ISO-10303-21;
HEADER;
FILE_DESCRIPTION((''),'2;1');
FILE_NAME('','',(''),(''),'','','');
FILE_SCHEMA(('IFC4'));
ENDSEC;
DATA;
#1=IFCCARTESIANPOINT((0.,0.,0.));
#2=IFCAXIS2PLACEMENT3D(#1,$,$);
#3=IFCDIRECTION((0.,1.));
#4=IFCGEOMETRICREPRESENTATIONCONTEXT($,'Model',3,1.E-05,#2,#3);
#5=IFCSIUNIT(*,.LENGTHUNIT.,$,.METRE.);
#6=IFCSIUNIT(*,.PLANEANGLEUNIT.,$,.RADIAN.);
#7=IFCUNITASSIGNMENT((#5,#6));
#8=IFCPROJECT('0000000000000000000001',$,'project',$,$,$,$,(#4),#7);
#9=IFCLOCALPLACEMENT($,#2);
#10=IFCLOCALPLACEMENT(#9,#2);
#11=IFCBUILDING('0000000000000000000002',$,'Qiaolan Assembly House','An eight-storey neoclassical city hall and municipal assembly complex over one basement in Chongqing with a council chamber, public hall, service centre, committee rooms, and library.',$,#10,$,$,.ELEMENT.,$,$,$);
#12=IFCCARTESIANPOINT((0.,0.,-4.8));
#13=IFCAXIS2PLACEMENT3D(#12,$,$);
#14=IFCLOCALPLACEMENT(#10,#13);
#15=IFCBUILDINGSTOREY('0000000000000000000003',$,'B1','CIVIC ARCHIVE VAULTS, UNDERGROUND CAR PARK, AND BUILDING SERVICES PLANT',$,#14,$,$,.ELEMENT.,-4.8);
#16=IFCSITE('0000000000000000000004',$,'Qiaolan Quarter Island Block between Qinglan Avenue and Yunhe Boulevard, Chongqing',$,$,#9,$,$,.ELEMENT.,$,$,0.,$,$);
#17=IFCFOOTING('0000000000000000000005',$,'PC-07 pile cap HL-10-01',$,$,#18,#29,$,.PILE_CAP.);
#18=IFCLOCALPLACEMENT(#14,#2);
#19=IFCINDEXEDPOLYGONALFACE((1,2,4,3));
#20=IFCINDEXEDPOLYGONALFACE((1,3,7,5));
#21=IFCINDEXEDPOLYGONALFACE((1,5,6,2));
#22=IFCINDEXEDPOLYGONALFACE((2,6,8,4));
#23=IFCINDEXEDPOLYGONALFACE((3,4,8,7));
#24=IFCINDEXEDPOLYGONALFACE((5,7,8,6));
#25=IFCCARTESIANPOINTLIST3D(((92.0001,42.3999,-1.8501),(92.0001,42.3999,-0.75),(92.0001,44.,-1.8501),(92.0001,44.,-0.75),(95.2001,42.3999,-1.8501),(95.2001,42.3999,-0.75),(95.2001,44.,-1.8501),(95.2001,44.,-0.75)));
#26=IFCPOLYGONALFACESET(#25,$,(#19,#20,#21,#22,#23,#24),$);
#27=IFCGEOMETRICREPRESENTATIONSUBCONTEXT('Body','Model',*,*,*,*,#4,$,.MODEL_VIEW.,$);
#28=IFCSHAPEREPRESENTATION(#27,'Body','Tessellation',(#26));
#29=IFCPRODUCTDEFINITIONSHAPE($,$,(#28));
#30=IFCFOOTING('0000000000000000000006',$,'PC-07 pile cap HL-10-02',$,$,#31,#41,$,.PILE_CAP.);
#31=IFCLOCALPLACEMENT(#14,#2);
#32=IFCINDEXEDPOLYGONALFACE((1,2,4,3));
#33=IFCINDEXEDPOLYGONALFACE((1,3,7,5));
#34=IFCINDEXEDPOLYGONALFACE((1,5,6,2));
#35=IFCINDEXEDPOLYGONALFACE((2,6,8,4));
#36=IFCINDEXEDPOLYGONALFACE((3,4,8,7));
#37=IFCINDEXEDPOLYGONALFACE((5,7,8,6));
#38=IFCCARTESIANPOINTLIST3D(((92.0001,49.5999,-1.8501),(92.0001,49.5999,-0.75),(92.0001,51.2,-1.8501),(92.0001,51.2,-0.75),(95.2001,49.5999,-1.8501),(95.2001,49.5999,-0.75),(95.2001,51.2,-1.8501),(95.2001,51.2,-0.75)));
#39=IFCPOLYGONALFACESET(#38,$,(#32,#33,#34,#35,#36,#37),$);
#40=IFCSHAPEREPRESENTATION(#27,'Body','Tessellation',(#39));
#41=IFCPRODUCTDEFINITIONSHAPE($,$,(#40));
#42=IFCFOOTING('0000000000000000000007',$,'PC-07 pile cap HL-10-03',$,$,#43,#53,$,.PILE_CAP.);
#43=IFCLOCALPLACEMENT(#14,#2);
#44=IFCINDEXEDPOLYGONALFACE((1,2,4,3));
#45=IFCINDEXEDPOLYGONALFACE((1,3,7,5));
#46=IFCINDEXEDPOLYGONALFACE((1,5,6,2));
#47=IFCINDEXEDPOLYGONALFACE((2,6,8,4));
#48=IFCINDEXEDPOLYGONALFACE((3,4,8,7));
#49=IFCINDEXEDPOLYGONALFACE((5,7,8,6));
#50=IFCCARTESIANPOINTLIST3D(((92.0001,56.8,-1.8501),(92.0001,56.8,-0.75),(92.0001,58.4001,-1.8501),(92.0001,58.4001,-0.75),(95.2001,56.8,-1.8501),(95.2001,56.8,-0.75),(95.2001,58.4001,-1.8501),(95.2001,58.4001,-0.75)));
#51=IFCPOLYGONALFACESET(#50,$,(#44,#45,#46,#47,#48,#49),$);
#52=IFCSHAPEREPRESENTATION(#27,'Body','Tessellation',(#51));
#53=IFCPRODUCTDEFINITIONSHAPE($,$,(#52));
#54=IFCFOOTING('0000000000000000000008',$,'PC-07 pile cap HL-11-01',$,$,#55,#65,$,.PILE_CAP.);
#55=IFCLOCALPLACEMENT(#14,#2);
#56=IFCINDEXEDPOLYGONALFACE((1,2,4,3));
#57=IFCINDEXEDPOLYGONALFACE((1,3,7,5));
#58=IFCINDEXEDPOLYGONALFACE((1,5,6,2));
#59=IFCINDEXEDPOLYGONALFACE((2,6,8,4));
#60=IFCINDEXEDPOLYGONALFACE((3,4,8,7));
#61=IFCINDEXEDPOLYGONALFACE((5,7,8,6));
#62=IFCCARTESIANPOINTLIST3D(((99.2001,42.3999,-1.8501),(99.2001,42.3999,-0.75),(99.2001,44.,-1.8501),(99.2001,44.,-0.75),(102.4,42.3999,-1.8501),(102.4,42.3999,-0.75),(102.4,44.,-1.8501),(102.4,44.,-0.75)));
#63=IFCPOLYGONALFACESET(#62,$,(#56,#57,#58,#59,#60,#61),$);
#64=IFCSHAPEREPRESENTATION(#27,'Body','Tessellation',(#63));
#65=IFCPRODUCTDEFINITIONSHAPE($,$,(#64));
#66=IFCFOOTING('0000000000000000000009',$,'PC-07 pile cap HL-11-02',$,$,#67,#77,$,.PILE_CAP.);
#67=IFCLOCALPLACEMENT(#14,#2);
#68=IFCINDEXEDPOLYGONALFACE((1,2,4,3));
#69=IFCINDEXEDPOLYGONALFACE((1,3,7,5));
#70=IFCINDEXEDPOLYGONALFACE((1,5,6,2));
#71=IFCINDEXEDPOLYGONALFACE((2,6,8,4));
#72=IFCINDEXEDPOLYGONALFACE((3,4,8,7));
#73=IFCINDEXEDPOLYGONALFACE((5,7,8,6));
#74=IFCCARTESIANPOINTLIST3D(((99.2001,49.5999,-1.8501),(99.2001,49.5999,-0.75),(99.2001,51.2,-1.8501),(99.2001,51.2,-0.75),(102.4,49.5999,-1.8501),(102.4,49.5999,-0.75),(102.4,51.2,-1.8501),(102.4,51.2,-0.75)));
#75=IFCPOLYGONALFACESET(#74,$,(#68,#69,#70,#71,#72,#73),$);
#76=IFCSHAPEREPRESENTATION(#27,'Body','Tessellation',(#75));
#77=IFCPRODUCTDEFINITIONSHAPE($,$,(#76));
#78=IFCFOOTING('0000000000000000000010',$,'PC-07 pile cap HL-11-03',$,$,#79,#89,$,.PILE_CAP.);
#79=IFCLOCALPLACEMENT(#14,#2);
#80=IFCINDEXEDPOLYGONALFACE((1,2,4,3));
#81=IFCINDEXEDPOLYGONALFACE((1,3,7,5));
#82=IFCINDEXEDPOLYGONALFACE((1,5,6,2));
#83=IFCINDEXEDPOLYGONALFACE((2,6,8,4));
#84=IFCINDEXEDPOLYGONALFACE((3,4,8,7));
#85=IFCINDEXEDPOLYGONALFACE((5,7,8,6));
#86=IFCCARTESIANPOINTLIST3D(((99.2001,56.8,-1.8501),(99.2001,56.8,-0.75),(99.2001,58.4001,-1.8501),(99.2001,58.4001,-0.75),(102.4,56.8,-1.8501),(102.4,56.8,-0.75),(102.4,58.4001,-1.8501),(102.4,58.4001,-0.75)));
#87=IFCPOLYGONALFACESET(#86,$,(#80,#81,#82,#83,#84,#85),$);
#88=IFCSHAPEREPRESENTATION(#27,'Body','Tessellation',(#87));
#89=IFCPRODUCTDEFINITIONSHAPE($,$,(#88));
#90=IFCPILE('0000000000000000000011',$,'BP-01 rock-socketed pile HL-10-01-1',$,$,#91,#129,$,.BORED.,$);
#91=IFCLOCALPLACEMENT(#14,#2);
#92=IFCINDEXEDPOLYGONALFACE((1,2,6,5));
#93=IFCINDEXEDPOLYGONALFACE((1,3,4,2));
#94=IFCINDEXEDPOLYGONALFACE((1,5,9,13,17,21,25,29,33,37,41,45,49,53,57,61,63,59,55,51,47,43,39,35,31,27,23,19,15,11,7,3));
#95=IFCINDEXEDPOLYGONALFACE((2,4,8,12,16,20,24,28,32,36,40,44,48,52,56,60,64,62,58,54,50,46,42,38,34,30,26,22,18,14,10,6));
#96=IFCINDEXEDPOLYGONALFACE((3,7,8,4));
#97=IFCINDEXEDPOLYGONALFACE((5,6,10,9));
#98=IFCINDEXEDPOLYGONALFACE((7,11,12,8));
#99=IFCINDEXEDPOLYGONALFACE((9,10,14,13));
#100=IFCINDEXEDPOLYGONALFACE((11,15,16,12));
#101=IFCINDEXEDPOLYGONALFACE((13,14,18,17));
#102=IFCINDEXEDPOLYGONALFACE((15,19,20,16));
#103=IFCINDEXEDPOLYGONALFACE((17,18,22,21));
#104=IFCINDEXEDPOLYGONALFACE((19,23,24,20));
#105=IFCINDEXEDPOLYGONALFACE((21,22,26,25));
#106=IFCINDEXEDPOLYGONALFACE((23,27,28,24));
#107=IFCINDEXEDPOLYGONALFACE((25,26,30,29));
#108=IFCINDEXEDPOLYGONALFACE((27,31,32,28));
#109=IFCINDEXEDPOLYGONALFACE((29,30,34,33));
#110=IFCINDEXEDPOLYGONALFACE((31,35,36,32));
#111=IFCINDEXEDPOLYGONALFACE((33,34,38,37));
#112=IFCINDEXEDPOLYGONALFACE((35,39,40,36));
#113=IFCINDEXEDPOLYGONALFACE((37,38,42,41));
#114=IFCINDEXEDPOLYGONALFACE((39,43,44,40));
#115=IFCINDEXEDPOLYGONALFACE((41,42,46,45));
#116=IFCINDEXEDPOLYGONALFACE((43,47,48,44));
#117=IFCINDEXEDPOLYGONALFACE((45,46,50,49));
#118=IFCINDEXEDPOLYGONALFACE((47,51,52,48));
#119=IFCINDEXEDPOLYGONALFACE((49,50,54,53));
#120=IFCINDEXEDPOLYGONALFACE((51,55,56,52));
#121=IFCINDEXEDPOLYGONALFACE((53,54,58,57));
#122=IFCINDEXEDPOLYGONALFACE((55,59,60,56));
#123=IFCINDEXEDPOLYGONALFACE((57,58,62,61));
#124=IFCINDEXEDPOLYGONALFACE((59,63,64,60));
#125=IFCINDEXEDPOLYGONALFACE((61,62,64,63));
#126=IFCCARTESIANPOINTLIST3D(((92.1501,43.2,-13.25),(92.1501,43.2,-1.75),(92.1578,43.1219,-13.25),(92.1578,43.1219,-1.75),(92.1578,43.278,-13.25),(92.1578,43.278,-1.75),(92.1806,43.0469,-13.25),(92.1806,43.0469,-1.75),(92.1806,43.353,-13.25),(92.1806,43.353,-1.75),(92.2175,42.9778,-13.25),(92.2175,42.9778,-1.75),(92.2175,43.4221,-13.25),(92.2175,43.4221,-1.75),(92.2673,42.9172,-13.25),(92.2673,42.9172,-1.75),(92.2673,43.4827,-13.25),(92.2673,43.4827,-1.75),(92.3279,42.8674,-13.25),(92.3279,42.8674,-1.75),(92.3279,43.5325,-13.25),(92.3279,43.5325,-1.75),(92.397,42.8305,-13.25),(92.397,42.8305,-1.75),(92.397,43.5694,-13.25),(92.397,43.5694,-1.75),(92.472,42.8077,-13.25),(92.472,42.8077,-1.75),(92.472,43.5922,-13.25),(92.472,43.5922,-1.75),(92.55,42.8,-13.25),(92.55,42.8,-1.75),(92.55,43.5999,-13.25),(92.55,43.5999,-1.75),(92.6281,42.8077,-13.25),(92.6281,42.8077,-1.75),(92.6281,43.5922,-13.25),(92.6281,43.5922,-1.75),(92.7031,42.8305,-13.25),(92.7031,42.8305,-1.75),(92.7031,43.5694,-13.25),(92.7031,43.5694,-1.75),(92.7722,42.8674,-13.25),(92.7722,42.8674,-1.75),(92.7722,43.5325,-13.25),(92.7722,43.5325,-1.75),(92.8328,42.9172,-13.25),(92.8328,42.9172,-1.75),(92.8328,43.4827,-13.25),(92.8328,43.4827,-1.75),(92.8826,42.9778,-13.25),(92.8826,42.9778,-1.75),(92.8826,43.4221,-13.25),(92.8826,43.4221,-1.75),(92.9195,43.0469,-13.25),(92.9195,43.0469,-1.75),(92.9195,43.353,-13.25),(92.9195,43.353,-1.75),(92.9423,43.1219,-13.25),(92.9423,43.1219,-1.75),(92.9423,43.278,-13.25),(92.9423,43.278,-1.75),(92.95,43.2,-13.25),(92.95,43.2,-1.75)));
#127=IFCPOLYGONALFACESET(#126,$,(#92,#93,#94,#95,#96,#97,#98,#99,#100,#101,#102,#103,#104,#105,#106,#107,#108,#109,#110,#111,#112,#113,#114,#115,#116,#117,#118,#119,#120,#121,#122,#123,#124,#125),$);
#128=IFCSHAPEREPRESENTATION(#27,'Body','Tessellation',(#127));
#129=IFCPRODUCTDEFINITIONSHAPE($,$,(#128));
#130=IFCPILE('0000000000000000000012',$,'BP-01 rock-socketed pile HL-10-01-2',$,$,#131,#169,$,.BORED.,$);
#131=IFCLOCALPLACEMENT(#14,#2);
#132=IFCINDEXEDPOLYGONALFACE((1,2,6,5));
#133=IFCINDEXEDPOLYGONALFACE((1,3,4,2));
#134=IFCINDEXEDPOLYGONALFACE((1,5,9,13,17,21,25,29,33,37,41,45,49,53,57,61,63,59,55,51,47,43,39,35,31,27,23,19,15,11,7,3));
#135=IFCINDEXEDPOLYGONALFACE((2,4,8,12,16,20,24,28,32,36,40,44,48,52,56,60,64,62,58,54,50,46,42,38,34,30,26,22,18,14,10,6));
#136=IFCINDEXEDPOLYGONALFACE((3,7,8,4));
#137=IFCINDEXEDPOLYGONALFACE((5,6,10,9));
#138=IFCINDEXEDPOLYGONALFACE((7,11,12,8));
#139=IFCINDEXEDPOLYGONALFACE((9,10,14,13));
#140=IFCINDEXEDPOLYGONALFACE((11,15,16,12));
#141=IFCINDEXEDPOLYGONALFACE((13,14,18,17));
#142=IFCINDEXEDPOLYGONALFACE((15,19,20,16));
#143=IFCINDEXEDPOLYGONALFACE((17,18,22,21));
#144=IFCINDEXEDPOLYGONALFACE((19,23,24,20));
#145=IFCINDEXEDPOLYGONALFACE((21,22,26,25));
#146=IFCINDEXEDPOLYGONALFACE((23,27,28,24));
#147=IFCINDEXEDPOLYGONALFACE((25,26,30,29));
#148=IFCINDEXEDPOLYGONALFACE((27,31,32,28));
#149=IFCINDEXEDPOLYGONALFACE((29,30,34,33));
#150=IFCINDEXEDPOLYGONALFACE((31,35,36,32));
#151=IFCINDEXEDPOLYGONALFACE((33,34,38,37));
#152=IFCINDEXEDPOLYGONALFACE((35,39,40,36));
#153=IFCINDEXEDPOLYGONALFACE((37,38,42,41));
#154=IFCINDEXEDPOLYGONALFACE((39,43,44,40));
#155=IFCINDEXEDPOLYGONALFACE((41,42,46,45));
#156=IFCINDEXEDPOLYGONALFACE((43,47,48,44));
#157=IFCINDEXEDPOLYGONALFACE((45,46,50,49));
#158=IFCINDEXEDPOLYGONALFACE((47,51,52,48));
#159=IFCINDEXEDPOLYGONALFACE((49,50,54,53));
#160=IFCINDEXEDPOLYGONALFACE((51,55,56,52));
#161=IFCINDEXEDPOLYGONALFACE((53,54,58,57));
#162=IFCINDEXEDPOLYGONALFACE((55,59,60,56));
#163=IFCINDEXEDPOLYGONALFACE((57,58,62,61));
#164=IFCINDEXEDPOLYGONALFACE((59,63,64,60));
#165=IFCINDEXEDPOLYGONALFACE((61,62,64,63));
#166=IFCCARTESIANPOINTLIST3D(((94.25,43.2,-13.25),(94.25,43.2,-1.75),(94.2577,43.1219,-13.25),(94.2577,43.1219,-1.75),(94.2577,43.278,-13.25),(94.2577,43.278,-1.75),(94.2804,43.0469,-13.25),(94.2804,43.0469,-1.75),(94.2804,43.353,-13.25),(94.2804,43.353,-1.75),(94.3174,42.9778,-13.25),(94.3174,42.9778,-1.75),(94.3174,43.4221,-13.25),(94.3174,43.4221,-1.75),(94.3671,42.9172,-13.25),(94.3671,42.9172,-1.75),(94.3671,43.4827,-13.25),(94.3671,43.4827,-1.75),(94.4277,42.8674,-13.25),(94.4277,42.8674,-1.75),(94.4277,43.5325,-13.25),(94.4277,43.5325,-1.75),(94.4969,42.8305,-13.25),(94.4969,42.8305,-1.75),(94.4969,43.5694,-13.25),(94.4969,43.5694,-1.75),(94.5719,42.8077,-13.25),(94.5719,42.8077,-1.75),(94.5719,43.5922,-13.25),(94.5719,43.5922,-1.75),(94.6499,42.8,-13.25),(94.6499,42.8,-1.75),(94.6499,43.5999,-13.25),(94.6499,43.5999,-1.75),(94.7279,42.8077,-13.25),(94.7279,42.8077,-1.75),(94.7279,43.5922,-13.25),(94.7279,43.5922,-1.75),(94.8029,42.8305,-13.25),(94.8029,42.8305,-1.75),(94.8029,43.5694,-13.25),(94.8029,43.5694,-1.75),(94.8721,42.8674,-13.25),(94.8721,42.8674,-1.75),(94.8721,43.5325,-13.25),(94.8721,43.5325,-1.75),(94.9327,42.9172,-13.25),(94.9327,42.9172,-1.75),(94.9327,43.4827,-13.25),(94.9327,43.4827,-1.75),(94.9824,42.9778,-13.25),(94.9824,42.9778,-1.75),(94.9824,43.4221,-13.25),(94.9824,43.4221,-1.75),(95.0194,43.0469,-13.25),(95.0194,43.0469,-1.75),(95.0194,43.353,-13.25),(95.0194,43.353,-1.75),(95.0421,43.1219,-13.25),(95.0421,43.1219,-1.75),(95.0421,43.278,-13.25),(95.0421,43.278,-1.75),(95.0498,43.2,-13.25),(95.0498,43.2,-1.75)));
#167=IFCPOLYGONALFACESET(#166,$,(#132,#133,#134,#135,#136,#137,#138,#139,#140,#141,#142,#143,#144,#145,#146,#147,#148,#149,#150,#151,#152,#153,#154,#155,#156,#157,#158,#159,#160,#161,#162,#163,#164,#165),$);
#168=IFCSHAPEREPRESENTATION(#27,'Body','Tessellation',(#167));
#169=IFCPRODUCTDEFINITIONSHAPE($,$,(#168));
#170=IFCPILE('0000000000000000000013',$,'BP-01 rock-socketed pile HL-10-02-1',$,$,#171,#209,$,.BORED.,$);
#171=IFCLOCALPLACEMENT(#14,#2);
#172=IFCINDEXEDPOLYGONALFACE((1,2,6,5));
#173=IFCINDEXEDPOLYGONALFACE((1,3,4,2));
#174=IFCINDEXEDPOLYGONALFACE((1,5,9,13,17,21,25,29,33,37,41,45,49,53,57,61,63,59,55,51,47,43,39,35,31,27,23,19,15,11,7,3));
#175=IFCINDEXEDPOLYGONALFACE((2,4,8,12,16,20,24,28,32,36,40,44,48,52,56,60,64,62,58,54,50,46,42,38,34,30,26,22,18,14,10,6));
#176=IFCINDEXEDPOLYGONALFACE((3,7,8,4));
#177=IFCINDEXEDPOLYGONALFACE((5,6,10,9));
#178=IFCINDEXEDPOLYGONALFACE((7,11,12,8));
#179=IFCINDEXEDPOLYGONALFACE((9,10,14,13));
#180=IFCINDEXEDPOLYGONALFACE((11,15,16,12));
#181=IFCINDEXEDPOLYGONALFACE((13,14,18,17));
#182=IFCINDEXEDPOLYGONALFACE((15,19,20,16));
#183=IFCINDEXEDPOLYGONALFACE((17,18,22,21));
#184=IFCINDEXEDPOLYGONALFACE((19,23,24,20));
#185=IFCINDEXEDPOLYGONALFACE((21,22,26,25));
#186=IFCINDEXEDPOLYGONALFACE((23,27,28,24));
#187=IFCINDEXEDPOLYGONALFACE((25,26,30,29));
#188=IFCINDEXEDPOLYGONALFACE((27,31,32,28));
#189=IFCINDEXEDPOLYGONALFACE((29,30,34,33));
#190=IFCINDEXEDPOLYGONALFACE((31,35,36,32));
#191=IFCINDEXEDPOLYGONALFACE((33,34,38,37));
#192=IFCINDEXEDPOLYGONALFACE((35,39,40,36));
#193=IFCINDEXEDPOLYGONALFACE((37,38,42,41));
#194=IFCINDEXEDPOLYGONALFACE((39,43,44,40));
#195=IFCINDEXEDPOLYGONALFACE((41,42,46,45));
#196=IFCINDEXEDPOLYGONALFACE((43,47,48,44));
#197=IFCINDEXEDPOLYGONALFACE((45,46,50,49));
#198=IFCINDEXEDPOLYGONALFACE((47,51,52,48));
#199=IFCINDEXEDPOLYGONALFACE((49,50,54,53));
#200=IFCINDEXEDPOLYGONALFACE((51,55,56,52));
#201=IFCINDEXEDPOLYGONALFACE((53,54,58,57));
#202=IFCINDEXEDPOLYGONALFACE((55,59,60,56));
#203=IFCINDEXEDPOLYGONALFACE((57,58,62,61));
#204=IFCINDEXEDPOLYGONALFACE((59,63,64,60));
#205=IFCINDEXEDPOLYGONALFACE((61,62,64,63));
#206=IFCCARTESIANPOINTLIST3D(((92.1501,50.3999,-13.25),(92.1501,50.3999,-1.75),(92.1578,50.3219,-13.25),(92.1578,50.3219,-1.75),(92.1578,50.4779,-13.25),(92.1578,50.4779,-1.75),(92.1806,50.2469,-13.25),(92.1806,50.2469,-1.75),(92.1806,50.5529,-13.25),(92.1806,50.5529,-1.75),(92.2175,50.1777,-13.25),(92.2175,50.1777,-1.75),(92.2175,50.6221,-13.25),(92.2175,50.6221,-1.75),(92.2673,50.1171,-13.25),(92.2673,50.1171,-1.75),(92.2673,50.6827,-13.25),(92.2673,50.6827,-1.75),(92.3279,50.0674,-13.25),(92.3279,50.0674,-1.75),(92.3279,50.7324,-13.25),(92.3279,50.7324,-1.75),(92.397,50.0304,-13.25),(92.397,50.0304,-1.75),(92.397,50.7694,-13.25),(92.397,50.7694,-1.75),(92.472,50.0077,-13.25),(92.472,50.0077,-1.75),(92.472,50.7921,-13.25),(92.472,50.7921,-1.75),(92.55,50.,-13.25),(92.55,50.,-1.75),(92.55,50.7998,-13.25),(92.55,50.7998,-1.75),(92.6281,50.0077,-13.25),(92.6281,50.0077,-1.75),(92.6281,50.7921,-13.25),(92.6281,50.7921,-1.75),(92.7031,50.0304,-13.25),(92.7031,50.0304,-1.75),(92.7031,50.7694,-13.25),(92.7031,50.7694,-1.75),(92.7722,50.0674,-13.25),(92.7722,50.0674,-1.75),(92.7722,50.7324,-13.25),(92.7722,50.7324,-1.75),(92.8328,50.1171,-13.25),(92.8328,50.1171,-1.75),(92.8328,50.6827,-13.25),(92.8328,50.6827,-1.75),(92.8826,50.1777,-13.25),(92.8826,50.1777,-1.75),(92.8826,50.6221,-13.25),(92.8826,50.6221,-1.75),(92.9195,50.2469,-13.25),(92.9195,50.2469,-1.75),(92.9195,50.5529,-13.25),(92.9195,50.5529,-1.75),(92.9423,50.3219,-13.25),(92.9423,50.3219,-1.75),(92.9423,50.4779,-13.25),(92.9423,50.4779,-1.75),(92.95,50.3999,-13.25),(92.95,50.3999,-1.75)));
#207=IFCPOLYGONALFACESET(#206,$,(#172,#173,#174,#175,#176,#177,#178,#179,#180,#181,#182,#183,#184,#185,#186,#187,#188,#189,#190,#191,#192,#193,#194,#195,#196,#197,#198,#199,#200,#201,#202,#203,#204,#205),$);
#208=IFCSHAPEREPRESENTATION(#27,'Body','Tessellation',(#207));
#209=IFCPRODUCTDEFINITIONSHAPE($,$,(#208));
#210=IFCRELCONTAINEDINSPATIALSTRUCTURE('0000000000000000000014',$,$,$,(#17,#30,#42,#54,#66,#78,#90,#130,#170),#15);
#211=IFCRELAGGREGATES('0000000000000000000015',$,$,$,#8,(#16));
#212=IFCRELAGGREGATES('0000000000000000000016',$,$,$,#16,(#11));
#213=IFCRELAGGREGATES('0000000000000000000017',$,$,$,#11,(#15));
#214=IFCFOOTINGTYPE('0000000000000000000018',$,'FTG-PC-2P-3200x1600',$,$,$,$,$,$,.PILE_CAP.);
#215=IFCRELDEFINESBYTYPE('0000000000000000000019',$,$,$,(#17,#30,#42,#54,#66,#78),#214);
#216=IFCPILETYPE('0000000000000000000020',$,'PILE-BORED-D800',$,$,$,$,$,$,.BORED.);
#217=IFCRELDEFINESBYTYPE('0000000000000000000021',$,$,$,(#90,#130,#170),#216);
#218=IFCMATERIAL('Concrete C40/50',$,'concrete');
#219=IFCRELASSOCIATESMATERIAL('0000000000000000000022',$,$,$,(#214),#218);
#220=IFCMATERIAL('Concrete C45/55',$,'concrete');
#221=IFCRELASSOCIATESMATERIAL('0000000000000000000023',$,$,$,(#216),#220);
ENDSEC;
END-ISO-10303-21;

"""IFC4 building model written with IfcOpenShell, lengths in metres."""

from ifc_helpers import new_model, si_unit, direction, frame, origin, origin_2d, place, context, subcontext, project, spatial, rectangle, circle, extrude, material, material_profile, profile_set, type_object, element, save


model = new_model("IFC4")

# Units and contexts
model_context = context("Model", 3, precision=1e-05, world=origin(), true_north=direction((0.0, 1.0)))
body_context = subcontext(model_context, "Body", "Model", "MODEL_VIEW")
ifc_project = project(units=[si_unit("LENGTHUNIT", "METRE"), si_unit("PLANEANGLEUNIT", "RADIAN")], contexts=[model_context])

# Site, building, storey
site_placement = place(None, origin())
site = spatial("IfcSite", under=ifc_project, at=site_placement, Name="Qiaolan Quarter Island Block between Qinglan Avenue and Yunhe Boulevard, Chongqing", CompositionType="ELEMENT", RefElevation=0.0)
building_placement = place(site_placement, origin())
building = spatial("IfcBuilding", under=site, at=building_placement, Name="Qiaolan Assembly House", Description="An eight-storey neoclassical city hall and municipal assembly complex over one basement in Chongqing with a council chamber, public hall, service centre, committee rooms, and library.", CompositionType="ELEMENT")
storey_placement = place(building_placement, frame((0.0, 0.0, -4.8)))
storey = spatial("IfcBuildingStorey", under=building, at=storey_placement, Name="B1", Description="CIVIC ARCHIVE VAULTS, UNDERGROUND CAR PARK, AND BUILDING SERVICES PLANT", CompositionType="ELEMENT", Elevation=-4.8)

# Footings
ifc_material_1 = material(Name="Concrete C40/50", Category="concrete")
footing_type = type_object("IfcFootingType", Name="FTG-PC-2P-3200x1600", PredefinedType="PILE_CAP", material=ifc_material_1)
for number, where, z_axis, x_axis, name in (
    (1, (93.6001, 43.2, -1.8501), (0.0, 0.0, 1.0), (1.0, 0.0, 0.0), "PC-07 pile cap HL-10-01"),
    (2, (93.6001, 50.3999, -1.8501), (0.0, 0.0, 1.0), (1.0, 0.0, 0.0), "PC-07 pile cap HL-10-02"),
    (3, (93.6001, 57.6001, -1.8501), (0.0, 0.0, 1.0), (1.0, 0.0, 0.0), "PC-07 pile cap HL-10-03"),
    (4, (100.8, 43.2, -1.8501), (0.0, 0.0, 1.0), (1.0, 0.0, 0.0), "PC-07 pile cap HL-11-01"),
    (5, (100.8, 50.3999, -1.8501), (0.0, 0.0, 1.0), (1.0, 0.0, 0.0), "PC-07 pile cap HL-11-02"),
    (6, (100.8, 57.6001, -1.8501), (0.0, 0.0, 1.0), (1.0, 0.0, 0.0), "PC-07 pile cap HL-11-03"),
):
    element("IfcFooting", number, at=place(storey_placement, frame(where, z_axis=z_axis, x_axis=x_axis)), inside=storey, type_object=footing_type, Name=name, PredefinedType="PILE_CAP", context=body_context, shape_type="SweptSolid", body=[
        extrude(rectangle(XDim=3.2, YDim=1.6001, at=origin_2d()), origin(), (0.0, 0.0, 1.0), 1.1001),
    ])

# Piles
ifc_material_2 = material(Name="Concrete C45/55", Category="concrete")
ifc_material_profile_1 = material_profile(ifc_material_2, circle(Radius=0.3999, at=origin_2d()), Name="PILE D800")
ifc_profile_set_1 = profile_set([ifc_material_profile_1], Name="Concrete C45/55")
pile_type = type_object("IfcPileType", Name="PILE-BORED-D800", PredefinedType="BORED", material=ifc_profile_set_1)
for number, where, z_axis, x_axis, name in (
    (7, (92.55, 43.2, -1.75), (0.0, 0.0, -1.0), (1.0, 0.0, 0.0), "BP-01 rock-socketed pile HL-10-01-1"),
    (8, (94.6499, 43.2, -1.75), (0.0, 0.0, -1.0), (1.0, 0.0, 0.0), "BP-01 rock-socketed pile HL-10-01-2"),
    (9, (92.55, 50.3999, -1.75), (0.0, 0.0, -1.0), (1.0, 0.0, 0.0), "BP-01 rock-socketed pile HL-10-02-1"),
):
    element("IfcPile", number, at=place(storey_placement, frame(where, z_axis=z_axis, x_axis=x_axis)), inside=storey, type_object=pile_type, Name=name, PredefinedType="BORED", context=body_context, shape_type="SweptSolid", body=[
        extrude(circle(Radius=0.3999, at=origin_2d()), origin(), (0.0, 0.0, 1.0), 11.5),
    ])

save(model, "model.ifc")
